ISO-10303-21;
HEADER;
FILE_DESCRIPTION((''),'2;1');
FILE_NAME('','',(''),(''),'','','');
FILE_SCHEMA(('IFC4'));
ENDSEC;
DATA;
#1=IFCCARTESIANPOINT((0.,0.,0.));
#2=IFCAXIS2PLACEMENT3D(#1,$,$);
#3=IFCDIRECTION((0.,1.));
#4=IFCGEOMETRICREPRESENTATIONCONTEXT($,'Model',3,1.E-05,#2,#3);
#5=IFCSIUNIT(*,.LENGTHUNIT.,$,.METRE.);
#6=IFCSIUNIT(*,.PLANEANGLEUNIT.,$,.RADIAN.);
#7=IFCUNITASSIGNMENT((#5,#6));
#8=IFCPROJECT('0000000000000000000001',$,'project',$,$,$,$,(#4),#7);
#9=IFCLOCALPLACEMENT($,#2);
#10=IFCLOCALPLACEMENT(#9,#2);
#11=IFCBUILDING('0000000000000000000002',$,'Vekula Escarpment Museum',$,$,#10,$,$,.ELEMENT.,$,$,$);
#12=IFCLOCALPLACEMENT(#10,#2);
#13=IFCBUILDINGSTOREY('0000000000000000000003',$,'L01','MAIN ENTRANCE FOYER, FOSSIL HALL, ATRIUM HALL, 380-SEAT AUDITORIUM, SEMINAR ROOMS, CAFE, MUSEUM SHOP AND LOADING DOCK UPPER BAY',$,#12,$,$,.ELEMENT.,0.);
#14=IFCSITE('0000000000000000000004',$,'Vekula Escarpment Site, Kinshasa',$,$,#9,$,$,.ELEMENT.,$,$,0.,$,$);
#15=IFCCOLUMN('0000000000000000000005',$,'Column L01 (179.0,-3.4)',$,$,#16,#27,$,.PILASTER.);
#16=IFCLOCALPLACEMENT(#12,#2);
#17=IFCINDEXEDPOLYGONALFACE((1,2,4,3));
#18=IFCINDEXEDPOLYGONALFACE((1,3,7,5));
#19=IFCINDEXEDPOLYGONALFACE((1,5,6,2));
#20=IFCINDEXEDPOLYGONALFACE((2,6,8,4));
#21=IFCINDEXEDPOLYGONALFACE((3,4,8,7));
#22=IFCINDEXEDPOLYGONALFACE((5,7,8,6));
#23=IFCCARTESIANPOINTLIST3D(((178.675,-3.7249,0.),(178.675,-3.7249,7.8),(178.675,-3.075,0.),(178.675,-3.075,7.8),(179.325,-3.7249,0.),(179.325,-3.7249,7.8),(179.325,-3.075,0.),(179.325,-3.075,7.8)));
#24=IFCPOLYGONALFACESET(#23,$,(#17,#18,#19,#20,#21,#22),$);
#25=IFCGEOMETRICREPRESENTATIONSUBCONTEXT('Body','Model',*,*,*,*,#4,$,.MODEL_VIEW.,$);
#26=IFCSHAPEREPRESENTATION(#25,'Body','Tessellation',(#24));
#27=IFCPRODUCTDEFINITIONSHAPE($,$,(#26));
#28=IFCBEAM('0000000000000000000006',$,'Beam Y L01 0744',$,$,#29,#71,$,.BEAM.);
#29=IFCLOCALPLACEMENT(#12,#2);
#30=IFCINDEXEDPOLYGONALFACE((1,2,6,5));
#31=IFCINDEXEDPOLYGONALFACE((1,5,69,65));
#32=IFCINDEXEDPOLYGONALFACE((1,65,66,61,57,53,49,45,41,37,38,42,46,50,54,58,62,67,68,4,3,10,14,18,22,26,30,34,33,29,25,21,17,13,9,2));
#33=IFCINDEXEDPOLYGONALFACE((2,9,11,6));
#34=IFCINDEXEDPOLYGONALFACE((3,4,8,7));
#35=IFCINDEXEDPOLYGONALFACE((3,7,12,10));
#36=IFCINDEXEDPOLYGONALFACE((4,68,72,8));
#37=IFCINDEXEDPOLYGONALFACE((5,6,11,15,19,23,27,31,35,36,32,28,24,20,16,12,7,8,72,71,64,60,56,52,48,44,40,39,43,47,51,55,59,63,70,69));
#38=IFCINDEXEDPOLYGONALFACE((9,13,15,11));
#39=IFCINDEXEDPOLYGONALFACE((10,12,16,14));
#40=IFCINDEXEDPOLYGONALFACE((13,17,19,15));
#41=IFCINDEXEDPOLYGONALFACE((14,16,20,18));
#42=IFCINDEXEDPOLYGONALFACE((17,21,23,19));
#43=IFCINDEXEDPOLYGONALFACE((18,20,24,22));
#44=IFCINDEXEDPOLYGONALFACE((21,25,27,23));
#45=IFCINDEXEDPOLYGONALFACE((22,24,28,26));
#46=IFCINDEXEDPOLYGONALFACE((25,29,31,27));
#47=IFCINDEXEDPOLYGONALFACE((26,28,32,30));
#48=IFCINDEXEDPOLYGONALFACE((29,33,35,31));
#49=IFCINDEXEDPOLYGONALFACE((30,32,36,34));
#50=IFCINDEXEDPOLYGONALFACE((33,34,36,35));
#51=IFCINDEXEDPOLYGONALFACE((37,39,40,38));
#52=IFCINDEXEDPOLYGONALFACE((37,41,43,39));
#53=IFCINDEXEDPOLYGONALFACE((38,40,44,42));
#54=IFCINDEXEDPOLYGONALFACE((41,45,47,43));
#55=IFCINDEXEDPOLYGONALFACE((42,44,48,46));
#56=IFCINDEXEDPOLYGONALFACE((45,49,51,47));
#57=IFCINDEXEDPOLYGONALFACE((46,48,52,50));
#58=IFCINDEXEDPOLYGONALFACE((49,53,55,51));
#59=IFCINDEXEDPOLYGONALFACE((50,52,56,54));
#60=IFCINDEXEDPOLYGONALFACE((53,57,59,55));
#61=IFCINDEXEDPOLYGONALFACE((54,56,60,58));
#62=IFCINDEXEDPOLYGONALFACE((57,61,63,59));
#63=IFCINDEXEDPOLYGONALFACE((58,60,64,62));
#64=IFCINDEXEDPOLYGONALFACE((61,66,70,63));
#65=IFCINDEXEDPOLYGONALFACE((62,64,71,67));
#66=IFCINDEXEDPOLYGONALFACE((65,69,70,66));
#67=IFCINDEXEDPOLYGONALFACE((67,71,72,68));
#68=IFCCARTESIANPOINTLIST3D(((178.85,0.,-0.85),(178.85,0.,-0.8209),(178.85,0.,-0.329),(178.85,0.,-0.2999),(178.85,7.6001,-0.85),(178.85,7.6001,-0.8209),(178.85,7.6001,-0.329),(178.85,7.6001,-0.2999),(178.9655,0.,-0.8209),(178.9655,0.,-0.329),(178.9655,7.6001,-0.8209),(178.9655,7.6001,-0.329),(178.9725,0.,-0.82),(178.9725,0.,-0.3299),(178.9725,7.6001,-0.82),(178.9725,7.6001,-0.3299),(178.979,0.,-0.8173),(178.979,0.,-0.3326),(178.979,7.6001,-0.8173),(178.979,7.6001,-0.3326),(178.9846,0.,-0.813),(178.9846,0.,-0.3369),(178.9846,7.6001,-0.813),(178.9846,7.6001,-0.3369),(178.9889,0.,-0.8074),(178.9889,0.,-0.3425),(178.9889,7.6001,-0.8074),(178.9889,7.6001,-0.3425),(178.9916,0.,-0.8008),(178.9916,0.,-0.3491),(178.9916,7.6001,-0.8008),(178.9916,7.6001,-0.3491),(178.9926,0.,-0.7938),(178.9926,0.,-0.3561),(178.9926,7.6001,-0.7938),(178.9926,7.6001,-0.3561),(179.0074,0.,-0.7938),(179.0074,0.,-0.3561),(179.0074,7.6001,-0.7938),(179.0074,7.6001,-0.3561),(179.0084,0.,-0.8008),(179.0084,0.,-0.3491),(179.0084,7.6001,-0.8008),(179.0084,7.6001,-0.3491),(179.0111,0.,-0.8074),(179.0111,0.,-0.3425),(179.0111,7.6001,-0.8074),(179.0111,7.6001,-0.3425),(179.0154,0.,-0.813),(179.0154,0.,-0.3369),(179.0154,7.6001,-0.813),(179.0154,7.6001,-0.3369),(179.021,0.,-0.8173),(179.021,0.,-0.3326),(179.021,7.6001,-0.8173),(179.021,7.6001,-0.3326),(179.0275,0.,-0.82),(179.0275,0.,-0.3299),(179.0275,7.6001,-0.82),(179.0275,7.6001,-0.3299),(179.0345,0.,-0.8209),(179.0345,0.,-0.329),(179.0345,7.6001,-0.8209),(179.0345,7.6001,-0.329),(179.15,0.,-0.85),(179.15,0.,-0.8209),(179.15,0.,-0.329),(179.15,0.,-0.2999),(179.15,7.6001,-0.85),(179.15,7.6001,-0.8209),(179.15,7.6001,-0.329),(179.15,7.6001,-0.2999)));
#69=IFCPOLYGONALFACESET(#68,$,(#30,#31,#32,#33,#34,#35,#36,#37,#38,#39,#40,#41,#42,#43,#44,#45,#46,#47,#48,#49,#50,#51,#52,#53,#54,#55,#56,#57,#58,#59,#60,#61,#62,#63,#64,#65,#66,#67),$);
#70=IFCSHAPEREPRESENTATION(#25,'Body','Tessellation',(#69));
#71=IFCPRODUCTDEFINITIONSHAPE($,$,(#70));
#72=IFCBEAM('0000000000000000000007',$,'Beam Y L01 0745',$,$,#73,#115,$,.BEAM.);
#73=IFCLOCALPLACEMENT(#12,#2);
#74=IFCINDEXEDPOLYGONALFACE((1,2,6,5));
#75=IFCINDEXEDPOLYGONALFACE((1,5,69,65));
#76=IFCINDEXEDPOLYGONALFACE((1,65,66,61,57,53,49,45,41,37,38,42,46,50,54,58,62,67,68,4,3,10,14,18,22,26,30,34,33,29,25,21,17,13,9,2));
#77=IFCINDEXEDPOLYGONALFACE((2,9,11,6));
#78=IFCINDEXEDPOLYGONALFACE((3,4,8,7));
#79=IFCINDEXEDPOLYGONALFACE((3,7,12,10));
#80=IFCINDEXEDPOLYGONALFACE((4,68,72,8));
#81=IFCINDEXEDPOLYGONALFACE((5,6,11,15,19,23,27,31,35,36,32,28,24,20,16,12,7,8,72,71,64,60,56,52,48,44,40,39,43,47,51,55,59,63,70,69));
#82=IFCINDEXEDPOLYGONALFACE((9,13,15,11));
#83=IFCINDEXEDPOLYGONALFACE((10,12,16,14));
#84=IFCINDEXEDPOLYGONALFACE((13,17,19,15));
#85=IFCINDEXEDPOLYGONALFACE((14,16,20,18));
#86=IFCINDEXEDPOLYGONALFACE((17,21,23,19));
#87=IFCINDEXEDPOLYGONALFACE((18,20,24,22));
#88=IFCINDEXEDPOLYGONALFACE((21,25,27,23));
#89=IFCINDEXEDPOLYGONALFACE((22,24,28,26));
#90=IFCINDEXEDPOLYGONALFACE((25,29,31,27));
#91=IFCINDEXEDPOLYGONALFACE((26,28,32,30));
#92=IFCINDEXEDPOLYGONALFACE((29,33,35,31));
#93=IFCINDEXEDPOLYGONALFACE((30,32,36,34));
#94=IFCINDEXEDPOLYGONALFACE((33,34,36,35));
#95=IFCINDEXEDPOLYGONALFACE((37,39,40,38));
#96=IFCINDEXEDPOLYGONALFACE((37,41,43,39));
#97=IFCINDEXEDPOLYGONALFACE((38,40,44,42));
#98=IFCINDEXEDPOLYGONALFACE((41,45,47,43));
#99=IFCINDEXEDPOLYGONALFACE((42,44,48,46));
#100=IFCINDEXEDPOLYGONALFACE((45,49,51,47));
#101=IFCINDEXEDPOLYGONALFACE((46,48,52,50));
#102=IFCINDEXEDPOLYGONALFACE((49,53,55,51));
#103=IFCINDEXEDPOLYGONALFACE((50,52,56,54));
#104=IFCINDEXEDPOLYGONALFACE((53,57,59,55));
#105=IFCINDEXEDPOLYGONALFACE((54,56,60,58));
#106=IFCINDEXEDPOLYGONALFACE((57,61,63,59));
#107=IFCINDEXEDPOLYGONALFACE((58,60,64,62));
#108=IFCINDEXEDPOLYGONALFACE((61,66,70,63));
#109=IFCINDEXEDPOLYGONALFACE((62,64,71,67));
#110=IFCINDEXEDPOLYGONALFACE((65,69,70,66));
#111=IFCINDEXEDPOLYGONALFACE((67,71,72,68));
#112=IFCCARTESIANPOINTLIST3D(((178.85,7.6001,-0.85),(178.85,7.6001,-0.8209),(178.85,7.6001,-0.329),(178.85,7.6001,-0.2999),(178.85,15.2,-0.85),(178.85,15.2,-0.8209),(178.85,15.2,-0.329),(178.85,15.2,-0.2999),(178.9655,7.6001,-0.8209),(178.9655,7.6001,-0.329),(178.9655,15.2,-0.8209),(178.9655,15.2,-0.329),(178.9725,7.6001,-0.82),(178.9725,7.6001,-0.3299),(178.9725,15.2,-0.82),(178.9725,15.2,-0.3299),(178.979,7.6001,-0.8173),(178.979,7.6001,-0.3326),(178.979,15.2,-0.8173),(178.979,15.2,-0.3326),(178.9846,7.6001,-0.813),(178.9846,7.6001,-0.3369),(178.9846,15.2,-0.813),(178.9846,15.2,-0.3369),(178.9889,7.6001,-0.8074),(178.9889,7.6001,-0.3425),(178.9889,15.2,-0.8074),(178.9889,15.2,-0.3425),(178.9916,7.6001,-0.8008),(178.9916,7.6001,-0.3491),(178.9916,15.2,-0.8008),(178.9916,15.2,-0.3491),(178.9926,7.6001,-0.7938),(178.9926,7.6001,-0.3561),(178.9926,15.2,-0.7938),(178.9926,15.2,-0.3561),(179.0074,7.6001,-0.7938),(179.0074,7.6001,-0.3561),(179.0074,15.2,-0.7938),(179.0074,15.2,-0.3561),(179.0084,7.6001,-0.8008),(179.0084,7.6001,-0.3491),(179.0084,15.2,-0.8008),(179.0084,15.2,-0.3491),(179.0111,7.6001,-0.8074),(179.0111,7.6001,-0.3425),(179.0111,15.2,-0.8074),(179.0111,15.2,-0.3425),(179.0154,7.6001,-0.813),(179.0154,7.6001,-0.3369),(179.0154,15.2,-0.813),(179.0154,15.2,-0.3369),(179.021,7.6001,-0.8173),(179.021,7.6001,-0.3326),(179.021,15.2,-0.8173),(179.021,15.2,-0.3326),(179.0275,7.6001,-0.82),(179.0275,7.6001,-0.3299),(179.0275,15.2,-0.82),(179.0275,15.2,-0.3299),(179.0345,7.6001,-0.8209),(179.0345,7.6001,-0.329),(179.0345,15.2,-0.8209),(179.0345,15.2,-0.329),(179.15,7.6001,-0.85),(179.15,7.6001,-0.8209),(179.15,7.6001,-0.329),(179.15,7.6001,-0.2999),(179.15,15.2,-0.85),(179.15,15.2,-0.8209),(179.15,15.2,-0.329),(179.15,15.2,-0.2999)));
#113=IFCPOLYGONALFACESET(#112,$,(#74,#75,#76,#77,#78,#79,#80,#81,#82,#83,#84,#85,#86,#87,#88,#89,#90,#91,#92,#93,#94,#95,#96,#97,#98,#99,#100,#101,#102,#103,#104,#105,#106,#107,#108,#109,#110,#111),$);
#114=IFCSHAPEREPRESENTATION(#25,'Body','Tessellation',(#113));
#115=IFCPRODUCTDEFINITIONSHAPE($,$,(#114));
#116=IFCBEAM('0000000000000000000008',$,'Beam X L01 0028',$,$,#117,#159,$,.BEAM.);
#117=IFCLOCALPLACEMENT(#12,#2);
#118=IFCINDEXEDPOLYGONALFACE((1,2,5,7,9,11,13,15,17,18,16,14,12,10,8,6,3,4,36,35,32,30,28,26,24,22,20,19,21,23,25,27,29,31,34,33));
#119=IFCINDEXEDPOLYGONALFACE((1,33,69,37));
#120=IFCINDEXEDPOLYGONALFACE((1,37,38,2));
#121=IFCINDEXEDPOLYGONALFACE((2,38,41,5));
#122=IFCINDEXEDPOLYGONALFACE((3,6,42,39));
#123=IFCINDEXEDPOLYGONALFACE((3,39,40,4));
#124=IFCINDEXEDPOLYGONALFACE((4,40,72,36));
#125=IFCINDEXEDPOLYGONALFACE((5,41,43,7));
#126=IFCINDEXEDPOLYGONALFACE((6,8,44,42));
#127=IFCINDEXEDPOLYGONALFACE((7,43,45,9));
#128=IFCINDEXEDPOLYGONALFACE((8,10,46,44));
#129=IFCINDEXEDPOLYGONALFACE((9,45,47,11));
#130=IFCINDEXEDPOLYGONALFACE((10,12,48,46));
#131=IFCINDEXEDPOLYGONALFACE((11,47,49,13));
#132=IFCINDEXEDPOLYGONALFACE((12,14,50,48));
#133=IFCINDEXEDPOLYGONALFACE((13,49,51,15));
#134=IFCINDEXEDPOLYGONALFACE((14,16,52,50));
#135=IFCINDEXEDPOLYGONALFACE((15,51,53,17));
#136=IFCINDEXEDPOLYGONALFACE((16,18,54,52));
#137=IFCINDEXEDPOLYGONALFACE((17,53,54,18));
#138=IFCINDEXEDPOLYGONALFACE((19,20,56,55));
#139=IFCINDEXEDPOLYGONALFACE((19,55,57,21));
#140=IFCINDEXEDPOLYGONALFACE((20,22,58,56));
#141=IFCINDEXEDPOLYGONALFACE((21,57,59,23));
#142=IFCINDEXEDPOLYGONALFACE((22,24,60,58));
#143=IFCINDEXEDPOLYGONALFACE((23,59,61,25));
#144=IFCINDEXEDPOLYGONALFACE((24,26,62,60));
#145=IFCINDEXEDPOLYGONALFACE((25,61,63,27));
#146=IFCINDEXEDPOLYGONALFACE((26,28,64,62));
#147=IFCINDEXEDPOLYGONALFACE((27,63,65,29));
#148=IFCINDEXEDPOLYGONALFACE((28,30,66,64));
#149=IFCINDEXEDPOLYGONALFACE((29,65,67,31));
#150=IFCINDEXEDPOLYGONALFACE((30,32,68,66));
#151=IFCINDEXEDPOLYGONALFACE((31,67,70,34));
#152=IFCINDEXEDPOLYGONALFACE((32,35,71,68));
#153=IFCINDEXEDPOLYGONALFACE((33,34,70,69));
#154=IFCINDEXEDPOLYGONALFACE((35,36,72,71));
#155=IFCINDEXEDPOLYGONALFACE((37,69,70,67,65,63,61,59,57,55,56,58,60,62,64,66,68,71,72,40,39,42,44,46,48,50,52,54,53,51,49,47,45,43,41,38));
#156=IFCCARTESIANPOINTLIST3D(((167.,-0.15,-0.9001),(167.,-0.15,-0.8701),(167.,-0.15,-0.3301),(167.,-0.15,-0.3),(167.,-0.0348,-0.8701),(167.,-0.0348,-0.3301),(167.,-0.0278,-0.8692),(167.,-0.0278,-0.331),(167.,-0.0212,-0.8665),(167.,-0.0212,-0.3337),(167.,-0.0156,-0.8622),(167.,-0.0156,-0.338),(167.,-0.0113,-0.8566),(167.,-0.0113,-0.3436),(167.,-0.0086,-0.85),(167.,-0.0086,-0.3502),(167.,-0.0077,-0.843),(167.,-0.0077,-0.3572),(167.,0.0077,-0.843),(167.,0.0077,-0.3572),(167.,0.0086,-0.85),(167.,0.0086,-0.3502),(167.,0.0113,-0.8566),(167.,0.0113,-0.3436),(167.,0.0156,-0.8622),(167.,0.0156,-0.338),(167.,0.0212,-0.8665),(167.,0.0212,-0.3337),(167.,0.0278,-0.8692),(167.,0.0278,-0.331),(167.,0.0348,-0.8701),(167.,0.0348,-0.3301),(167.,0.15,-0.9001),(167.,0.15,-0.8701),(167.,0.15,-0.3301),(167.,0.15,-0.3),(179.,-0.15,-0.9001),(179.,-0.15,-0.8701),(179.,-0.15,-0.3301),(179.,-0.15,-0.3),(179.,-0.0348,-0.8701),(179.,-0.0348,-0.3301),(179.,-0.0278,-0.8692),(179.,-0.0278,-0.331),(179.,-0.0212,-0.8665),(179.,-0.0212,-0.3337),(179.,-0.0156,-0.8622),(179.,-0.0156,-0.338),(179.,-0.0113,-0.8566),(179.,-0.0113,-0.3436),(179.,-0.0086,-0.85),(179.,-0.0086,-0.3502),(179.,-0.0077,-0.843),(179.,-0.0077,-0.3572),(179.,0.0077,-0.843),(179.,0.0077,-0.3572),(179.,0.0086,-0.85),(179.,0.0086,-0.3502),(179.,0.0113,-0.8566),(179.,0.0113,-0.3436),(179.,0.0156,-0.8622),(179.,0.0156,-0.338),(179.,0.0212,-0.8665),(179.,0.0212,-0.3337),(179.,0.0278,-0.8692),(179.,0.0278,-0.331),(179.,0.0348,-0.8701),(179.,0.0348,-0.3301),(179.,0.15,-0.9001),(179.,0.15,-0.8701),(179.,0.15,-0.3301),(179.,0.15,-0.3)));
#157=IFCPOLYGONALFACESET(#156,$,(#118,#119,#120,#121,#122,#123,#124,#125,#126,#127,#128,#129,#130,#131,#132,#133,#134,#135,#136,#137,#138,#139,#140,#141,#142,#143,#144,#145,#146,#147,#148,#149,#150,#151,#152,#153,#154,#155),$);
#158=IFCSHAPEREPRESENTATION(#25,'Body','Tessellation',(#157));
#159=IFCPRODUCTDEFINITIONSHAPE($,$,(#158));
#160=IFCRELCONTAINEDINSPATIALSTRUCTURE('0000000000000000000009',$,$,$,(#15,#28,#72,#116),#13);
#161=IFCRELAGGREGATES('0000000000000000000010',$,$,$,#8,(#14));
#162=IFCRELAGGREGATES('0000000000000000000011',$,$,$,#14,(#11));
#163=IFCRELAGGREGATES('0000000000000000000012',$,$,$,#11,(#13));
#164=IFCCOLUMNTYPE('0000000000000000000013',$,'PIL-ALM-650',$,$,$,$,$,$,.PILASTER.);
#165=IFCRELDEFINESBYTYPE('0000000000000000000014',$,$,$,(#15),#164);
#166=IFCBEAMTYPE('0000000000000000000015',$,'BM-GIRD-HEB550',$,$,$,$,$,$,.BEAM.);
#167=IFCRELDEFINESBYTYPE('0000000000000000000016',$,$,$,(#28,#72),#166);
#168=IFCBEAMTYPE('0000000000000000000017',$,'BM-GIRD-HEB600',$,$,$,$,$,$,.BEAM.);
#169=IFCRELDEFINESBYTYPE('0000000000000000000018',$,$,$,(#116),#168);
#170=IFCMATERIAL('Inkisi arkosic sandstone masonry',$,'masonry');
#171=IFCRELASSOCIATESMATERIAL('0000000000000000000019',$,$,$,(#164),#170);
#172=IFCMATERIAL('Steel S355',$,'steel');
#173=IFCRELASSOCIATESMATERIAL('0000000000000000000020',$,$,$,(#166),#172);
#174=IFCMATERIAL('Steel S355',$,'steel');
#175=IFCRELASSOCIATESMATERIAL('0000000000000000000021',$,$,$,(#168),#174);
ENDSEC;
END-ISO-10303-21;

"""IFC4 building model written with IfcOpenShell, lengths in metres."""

from ifc_helpers import new_model, si_unit, direction, frame, origin, origin_2d, place, context, subcontext, project, spatial, rectangle, i_section, extrude, material, material_profile, profile_set, type_object, element, save


model = new_model("IFC4")

# Units and contexts
model_context = context("Model", 3, precision=1e-05, world=origin(), true_north=direction((0.0, 1.0)))
body_context = subcontext(model_context, "Body", "Model", "MODEL_VIEW")
ifc_project = project(units=[si_unit("LENGTHUNIT", "METRE"), si_unit("PLANEANGLEUNIT", "RADIAN")], contexts=[model_context])

# Site, building, storey
site_placement = place(None, origin())
site = spatial("IfcSite", under=ifc_project, at=site_placement, Name="Vekula Escarpment Site, Kinshasa", CompositionType="ELEMENT", RefElevation=0.0)
building_placement = place(site_placement, origin())
building = spatial("IfcBuilding", under=site, at=building_placement, Name="Vekula Escarpment Museum", CompositionType="ELEMENT")
storey_placement = place(building_placement, origin())
storey = spatial("IfcBuildingStorey", under=building, at=storey_placement, Name="L01", Description="MAIN ENTRANCE FOYER, FOSSIL HALL, ATRIUM HALL, 380-SEAT AUDITORIUM, SEMINAR ROOMS, CAFE, MUSEUM SHOP AND LOADING DOCK UPPER BAY", CompositionType="ELEMENT", Elevation=0.0)

# Column
ifc_material_1 = material(Name="Inkisi arkosic sandstone masonry", Category="masonry")
ifc_material_profile_1 = material_profile(ifc_material_1, rectangle(XDim=0.6499, YDim=0.6499, at=origin_2d()), Name="PIER 650x650")
ifc_profile_set_1 = profile_set([ifc_material_profile_1], Name="Inkisi arkosic sandstone masonry")
column_type_1 = type_object("IfcColumnType", Name="PIL-ALM-650", PredefinedType="PILASTER", material=ifc_profile_set_1)
for number, where, z_axis, x_axis, name in (
    (1, (179.0, -3.3999, 0.0), (0.0, 0.0, 1.0), (1.0, 0.0, 0.0), "Column L01 (179.0,-3.4)"),
):
    element("IfcColumn", number, at=place(storey_placement, frame(where, z_axis=z_axis, x_axis=x_axis)), inside=storey, type_object=column_type_1, Name=name, PredefinedType="PILASTER", context=body_context, shape_type="SweptSolid", body=[
        extrude(rectangle(XDim=0.6499, YDim=0.6499, at=origin_2d()), origin(), (0.0, 0.0, 1.0), 7.8),
    ])

# Beams
ifc_material_2 = material(Name="Steel S355", Category="steel")
ifc_material_profile_2 = material_profile(ifc_material_2, i_section(OverallWidth=0.3, OverallDepth=0.55, WebThickness=0.0149, FlangeThickness=0.0291, FilletRadius=0.0271, at=origin_2d()), Name="HEB 550")
ifc_profile_set_2 = profile_set([ifc_material_profile_2], Name="Steel S355")
beam_type_1 = type_object("IfcBeamType", Name="BM-GIRD-HEB550", PredefinedType="BEAM", material=ifc_profile_set_2)
beam_1_placement = place(storey_placement, frame((179.0, 0.0, -0.575), z_axis=(0.0, 1.0, 0.0), x_axis=(-1.0, 0.0, 0.0)))
element("IfcBeam", 2, at=beam_1_placement, inside=storey, type_object=beam_type_1, Name="Beam Y L01 0744", PredefinedType="BEAM", context=body_context, shape_type="SweptSolid", body=[
    extrude(i_section(OverallWidth=0.3, OverallDepth=0.55, WebThickness=0.0149, FlangeThickness=0.0291, FilletRadius=0.0271, at=origin_2d()), origin(), (0.0, 0.0, 1.0), 7.6001),
])
beam_2_placement = place(storey_placement, frame((179.0, 7.6001, -0.575), z_axis=(0.0, 1.0, 0.0), x_axis=(-1.0, 0.0, 0.0)))
element("IfcBeam", 3, at=beam_2_placement, inside=storey, type_object=beam_type_1, Name="Beam Y L01 0745", PredefinedType="BEAM", context=body_context, shape_type="SweptSolid", body=[
    extrude(i_section(OverallWidth=0.3, OverallDepth=0.55, WebThickness=0.0149, FlangeThickness=0.0291, FilletRadius=0.0271, at=origin_2d()), origin(), (0.0, 0.0, 1.0), 7.5999),
])
ifc_material_3 = material(Name="Steel S355", Category="steel")
ifc_material_profile_3 = material_profile(ifc_material_3, i_section(OverallWidth=0.3, OverallDepth=0.6001, WebThickness=0.0154, FlangeThickness=0.03, FilletRadius=0.0271, at=origin_2d()), Name="HEB 600")
ifc_profile_set_3 = profile_set([ifc_material_profile_3], Name="Steel S355")
beam_type_2 = type_object("IfcBeamType", Name="BM-GIRD-HEB600", PredefinedType="BEAM", material=ifc_profile_set_3)
beam_3_placement = place(storey_placement, frame((167.0, 0.0, -0.6001), z_axis=(1.0, 0.0, 0.0), x_axis=(0.0, 1.0, 0.0)))
element("IfcBeam", 4, at=beam_3_placement, inside=storey, type_object=beam_type_2, Name="Beam X L01 0028", PredefinedType="BEAM", context=body_context, shape_type="SweptSolid", body=[
    extrude(i_section(OverallWidth=0.3, OverallDepth=0.6001, WebThickness=0.0154, FlangeThickness=0.03, FilletRadius=0.0271, at=origin_2d()), origin(), (0.0, 0.0, 1.0), 12.0),
])

save(model, "model.ifc")
